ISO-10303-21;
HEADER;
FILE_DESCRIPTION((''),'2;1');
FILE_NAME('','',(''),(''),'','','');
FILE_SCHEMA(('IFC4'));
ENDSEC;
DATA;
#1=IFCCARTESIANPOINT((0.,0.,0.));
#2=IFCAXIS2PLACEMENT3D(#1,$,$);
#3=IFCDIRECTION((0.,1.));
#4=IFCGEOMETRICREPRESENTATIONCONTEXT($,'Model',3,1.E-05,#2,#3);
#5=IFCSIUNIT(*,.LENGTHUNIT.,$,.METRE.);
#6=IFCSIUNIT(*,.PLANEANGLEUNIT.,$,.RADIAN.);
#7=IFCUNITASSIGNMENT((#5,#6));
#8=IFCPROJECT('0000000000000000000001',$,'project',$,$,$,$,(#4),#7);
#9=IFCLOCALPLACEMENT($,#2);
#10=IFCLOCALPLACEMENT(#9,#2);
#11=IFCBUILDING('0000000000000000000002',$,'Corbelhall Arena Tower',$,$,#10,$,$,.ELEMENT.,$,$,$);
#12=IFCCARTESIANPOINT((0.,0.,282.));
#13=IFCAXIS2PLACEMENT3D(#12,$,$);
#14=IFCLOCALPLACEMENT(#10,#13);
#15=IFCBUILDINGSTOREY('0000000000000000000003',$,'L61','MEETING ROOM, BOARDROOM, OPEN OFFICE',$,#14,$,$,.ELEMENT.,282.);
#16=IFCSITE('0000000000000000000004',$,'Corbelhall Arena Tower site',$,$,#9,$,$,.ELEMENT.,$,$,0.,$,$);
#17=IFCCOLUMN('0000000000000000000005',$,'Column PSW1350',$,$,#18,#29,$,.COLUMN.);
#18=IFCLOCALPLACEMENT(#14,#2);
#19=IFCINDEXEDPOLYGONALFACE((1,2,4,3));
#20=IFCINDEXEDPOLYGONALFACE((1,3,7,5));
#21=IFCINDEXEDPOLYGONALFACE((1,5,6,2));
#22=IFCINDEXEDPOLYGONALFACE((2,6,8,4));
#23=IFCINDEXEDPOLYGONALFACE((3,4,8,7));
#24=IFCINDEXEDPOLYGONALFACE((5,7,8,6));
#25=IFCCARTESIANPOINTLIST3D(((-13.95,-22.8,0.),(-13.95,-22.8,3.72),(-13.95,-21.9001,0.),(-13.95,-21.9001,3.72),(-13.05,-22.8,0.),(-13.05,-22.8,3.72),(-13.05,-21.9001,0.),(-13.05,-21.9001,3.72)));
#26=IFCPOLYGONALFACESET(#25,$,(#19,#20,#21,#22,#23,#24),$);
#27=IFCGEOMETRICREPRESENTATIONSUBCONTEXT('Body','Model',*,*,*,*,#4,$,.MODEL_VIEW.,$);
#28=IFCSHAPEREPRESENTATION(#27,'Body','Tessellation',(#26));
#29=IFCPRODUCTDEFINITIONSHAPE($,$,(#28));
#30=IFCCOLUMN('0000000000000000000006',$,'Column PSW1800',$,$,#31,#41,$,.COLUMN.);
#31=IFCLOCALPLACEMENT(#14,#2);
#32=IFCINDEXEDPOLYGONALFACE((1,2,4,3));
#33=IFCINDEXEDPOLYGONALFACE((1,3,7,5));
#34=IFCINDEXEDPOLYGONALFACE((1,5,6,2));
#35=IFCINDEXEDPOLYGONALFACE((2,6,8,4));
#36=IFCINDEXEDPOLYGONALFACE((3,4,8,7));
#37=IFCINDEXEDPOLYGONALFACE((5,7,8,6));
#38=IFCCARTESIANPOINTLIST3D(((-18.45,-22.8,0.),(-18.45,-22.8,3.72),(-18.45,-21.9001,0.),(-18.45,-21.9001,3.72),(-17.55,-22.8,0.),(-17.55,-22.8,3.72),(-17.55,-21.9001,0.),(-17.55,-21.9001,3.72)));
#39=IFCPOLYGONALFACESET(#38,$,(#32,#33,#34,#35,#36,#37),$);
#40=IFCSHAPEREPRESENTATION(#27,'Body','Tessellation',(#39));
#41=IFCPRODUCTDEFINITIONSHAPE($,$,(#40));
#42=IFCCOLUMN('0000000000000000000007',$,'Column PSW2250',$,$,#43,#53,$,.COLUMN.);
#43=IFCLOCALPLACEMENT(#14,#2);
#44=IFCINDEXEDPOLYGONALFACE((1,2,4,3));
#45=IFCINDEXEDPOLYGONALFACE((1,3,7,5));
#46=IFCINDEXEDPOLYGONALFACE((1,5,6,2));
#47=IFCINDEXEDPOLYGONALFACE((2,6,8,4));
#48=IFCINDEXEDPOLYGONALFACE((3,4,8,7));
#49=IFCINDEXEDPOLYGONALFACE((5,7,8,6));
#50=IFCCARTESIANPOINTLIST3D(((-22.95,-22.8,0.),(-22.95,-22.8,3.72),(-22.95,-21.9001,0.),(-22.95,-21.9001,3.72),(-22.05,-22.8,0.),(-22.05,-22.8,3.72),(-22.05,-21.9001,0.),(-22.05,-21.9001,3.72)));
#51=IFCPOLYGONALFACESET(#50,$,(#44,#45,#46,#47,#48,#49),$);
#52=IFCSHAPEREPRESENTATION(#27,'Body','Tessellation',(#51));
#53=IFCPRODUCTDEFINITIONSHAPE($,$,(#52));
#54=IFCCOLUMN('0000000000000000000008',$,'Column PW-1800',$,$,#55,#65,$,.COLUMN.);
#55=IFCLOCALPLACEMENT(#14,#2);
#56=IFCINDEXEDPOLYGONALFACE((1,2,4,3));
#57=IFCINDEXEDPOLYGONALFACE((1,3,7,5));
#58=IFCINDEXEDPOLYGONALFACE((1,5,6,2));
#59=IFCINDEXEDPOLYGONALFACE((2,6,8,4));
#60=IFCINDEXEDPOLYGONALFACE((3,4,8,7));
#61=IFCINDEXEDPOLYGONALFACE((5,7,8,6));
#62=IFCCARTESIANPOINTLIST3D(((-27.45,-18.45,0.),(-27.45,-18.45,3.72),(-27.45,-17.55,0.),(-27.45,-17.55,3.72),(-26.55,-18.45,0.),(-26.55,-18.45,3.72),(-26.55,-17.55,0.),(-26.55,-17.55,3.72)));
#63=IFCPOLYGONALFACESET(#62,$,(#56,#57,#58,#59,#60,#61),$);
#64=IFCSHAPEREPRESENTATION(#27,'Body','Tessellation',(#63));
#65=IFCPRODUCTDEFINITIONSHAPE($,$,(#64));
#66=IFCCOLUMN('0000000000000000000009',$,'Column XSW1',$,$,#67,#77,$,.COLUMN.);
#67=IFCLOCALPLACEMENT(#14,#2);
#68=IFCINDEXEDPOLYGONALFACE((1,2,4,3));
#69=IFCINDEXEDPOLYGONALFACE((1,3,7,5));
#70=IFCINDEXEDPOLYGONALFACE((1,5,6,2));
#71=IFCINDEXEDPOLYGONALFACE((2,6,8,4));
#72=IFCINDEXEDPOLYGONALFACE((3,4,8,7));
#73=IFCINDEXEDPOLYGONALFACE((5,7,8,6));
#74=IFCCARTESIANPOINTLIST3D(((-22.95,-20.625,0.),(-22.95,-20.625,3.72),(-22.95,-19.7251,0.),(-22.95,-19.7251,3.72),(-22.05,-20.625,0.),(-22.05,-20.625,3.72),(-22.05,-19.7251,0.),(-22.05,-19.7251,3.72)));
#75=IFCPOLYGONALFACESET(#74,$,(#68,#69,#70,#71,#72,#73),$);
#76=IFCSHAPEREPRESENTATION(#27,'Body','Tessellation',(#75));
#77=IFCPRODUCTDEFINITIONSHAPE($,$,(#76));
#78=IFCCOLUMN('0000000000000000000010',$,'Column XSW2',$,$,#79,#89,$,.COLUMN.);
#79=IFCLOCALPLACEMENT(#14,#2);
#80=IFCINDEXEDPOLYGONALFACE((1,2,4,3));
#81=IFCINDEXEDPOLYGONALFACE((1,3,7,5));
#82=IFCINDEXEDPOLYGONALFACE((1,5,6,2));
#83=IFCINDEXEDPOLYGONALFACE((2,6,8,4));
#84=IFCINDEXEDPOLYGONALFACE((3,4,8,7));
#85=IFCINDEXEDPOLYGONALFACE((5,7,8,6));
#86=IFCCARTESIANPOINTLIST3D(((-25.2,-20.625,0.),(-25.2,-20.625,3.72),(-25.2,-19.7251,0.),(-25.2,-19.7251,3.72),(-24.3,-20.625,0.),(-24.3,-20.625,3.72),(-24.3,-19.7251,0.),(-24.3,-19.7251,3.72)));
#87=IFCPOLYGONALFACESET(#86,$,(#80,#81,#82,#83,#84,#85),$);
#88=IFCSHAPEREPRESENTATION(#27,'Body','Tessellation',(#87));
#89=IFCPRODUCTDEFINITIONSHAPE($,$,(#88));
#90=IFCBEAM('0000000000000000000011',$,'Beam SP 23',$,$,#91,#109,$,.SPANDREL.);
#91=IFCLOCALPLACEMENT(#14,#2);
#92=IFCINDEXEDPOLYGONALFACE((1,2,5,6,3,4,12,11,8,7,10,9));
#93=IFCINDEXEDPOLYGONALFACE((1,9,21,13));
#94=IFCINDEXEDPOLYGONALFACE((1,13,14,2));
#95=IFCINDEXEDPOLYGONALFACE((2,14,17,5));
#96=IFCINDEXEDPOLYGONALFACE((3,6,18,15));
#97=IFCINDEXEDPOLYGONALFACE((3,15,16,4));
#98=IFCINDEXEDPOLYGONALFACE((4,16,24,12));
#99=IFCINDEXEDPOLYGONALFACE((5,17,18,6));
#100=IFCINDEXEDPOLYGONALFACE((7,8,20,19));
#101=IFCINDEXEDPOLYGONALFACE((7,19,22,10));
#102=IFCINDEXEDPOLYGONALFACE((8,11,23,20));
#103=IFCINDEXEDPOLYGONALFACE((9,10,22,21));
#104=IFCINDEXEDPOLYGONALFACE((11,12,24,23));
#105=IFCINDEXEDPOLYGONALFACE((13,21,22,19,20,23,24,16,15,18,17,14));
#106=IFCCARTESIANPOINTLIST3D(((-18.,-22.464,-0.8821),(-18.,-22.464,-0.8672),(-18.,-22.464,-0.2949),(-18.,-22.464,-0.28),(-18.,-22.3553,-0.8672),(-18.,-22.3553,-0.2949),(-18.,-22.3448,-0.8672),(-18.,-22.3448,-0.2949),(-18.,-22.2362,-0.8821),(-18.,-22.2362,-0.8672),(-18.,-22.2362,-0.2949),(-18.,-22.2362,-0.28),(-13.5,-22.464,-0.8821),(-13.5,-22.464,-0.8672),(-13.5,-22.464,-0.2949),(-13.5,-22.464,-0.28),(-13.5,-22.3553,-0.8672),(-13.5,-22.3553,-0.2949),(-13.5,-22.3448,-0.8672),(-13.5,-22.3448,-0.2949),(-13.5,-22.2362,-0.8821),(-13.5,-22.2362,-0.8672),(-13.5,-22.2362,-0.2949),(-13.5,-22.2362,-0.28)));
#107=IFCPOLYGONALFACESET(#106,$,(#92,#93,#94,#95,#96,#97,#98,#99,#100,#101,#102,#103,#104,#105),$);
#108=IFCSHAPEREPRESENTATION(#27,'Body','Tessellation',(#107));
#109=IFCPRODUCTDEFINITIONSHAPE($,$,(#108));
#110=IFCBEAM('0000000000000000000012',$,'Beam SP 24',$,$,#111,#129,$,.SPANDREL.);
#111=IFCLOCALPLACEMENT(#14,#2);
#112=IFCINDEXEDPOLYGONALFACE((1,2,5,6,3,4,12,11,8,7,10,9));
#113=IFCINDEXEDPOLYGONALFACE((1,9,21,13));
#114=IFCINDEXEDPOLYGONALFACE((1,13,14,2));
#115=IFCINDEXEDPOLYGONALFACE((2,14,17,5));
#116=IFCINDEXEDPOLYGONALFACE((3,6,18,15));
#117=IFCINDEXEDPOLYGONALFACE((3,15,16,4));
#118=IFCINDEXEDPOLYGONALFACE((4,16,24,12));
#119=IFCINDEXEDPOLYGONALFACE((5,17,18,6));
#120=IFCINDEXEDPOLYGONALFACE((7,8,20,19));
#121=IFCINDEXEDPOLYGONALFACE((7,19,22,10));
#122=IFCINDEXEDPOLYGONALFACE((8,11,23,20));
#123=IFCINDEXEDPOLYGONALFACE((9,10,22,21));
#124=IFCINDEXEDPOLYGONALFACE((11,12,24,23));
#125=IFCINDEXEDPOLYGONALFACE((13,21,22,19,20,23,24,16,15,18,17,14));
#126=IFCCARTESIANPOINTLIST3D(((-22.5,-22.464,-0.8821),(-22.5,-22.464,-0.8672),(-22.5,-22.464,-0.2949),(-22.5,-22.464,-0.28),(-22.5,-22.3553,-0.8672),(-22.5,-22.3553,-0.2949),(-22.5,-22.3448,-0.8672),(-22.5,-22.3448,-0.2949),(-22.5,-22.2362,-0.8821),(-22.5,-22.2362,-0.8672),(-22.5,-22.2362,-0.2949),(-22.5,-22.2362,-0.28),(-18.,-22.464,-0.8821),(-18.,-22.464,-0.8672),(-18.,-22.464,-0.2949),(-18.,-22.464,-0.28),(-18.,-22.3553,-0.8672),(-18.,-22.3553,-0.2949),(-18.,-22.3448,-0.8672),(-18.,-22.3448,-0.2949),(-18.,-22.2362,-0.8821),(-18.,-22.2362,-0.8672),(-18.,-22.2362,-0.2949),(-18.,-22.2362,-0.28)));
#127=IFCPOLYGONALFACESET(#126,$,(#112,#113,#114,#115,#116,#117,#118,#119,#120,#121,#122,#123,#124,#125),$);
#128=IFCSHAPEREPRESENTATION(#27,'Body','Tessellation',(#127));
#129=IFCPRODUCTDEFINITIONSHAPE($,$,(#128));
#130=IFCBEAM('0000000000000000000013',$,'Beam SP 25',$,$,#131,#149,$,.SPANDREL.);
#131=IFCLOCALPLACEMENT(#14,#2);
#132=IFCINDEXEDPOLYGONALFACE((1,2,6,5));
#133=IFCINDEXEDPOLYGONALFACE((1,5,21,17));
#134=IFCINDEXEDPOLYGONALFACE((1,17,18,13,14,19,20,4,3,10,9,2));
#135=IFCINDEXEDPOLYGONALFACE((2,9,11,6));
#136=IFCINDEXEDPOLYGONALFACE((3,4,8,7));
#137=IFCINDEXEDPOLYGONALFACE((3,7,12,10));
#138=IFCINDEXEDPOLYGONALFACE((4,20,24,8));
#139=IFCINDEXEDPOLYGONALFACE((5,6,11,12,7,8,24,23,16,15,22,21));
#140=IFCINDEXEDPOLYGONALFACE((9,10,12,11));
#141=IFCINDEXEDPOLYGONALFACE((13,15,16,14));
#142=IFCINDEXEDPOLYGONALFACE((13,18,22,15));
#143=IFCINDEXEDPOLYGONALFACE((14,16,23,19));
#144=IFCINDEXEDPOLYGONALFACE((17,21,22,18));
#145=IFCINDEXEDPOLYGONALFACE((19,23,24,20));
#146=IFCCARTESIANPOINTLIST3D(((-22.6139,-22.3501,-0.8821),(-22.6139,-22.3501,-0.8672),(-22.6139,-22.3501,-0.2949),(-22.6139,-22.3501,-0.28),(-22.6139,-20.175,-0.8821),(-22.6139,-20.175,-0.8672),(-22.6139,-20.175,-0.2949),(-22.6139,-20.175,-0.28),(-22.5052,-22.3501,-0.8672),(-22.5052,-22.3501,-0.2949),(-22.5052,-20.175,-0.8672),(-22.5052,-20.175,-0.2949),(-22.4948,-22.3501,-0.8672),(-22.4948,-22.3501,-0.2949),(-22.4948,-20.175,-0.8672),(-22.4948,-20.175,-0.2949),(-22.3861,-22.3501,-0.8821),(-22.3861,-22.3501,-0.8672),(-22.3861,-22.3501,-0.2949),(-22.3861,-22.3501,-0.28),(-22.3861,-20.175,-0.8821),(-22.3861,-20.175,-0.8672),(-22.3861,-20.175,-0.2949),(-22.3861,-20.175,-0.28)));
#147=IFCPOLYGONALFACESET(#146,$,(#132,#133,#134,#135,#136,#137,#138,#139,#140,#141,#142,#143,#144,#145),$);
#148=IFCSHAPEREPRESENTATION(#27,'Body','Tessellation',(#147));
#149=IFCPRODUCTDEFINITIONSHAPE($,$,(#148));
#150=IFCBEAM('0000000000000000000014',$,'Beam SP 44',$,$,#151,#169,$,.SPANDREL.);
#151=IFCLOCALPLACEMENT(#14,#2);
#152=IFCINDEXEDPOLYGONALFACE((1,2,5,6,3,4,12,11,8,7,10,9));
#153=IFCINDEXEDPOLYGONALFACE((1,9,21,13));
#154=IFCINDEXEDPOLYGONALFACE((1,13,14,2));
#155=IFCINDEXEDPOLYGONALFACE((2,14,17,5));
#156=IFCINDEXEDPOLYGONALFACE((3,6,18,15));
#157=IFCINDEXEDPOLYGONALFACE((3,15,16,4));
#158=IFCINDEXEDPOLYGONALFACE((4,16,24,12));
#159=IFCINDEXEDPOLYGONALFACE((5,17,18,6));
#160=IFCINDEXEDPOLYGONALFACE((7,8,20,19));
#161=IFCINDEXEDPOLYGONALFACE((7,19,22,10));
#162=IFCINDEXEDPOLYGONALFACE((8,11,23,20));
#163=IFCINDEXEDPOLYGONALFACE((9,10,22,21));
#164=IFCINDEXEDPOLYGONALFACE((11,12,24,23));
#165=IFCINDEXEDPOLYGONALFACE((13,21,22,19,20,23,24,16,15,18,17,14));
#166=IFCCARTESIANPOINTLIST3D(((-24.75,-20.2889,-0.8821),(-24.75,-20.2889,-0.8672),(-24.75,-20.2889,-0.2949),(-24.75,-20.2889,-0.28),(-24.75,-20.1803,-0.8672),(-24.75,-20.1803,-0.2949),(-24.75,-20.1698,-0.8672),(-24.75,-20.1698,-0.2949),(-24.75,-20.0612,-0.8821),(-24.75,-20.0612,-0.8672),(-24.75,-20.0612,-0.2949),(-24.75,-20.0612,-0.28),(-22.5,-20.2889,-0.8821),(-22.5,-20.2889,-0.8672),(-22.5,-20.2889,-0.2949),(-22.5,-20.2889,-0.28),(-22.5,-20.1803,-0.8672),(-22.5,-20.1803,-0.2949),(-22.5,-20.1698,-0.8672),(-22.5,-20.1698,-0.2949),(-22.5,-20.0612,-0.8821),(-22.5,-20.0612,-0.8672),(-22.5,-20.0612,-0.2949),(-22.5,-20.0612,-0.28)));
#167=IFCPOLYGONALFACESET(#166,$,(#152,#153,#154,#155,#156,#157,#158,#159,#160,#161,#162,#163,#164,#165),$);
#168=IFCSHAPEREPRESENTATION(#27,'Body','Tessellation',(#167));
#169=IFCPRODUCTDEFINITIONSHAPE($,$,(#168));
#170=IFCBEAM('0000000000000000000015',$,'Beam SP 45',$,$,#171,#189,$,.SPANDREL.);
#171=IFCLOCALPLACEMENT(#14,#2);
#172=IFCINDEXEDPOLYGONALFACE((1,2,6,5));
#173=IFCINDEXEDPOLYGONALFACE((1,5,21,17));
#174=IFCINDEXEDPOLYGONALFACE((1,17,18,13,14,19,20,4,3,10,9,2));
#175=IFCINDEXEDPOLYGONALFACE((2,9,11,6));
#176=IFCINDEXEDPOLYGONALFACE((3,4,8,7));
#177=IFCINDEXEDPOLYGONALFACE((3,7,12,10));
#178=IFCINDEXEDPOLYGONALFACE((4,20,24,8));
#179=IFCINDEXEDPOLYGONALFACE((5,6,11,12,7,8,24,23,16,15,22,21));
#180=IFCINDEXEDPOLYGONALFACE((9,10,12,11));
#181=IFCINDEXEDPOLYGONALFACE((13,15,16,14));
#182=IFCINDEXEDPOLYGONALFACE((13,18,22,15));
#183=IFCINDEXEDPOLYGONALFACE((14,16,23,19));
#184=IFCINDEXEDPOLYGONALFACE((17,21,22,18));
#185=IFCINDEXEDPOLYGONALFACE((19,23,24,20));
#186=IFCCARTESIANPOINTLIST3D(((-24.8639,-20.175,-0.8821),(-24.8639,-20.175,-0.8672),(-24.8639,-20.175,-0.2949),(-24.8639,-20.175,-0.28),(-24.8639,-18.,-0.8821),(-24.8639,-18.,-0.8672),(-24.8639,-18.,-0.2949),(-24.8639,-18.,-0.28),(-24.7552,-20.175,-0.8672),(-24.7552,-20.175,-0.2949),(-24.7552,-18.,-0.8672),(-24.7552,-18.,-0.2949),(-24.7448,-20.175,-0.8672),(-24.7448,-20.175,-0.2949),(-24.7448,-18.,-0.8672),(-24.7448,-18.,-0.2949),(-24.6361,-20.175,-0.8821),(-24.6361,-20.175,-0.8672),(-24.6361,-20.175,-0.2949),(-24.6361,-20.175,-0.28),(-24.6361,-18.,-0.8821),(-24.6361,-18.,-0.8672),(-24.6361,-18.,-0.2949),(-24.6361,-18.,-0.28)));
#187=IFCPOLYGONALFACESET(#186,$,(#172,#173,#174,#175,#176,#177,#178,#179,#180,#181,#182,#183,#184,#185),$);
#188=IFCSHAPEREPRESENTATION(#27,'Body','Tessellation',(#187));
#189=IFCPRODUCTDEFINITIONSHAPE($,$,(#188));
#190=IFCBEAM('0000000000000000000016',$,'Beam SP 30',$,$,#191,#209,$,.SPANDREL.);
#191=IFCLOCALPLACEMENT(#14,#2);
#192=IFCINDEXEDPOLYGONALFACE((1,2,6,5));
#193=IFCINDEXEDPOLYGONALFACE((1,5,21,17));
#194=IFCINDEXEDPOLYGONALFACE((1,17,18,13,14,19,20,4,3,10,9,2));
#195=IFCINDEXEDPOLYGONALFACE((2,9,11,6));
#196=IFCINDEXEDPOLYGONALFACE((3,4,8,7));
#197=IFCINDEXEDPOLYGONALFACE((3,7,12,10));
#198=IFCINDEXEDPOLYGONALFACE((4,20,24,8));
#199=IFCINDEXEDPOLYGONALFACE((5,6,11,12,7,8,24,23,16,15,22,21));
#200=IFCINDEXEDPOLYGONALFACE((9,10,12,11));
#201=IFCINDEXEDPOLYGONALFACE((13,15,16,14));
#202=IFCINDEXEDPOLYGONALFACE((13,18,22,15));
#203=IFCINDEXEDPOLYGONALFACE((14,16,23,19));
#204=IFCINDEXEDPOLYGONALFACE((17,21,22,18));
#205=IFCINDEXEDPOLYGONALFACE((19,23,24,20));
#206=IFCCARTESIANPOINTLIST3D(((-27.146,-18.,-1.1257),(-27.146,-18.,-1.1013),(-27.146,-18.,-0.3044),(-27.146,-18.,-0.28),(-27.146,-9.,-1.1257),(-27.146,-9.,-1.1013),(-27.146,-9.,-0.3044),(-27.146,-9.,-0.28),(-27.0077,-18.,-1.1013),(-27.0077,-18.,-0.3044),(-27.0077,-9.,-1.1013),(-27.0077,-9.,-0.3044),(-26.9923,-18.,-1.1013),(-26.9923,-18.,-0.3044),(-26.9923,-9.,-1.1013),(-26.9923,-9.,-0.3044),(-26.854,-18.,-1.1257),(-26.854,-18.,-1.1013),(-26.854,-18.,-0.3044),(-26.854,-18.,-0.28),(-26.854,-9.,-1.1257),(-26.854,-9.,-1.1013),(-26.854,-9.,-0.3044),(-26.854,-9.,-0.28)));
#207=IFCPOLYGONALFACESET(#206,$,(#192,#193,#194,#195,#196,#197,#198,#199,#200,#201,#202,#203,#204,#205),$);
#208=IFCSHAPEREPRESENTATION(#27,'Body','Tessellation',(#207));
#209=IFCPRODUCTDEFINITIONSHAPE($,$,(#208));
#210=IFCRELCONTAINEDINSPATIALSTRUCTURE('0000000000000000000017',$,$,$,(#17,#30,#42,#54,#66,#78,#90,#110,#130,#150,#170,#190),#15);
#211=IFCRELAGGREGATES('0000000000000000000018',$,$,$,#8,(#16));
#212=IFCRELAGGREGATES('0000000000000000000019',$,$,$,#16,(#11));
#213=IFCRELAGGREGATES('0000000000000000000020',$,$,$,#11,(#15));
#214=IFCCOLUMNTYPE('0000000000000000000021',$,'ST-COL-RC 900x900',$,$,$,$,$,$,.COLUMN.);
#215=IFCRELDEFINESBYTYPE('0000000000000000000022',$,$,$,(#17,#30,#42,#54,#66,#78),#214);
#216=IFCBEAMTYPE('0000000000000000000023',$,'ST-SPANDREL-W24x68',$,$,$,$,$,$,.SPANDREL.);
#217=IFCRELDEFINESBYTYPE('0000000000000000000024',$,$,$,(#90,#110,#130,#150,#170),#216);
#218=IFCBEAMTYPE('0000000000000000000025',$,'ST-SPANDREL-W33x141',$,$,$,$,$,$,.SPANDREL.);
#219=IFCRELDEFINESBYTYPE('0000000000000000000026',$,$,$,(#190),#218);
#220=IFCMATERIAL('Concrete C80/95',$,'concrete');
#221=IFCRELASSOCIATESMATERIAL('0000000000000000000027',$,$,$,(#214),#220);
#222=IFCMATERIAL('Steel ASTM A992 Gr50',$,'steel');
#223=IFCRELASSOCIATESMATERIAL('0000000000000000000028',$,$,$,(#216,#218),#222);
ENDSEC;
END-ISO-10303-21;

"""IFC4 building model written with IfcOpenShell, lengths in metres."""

from ifc_helpers import new_model, si_unit, direction, frame, origin, origin_2d, place, context, subcontext, project, spatial, rectangle, i_section, extrude, material, material_profile, profile_set, type_object, element, save


model = new_model("IFC4")

# Units and contexts
model_context = context("Model", 3, precision=1e-05, world=origin(), true_north=direction((0.0, 1.0)))
body_context = subcontext(model_context, "Body", "Model", "MODEL_VIEW")
ifc_project = project(units=[si_unit("LENGTHUNIT", "METRE"), si_unit("PLANEANGLEUNIT", "RADIAN")], contexts=[model_context])

# Site, building, storey
site_placement = place(None, origin())
site = spatial("IfcSite", under=ifc_project, at=site_placement, Name="Corbelhall Arena Tower site", CompositionType="ELEMENT", RefElevation=0.0)
building_placement = place(site_placement, origin())
building = spatial("IfcBuilding", under=site, at=building_placement, Name="Corbelhall Arena Tower", CompositionType="ELEMENT")
storey_placement = place(building_placement, frame((0.0, 0.0, 282.0)))
storey = spatial("IfcBuildingStorey", under=building, at=storey_placement, Name="L61", Description="MEETING ROOM, BOARDROOM, OPEN OFFICE", CompositionType="ELEMENT", Elevation=282.0)

# Columns
ifc_material_1 = material(Name="Concrete C80/95", Category="concrete")
ifc_material_profile_1 = material_profile(ifc_material_1, rectangle(XDim=0.8999, YDim=0.8999, at=origin_2d()))
ifc_profile_set_1 = profile_set([ifc_material_profile_1], Name="Concrete C80/95")
column_type = type_object("IfcColumnType", Name="ST-COL-RC 900x900", PredefinedType="COLUMN", material=ifc_profile_set_1)
for number, where, z_axis, x_axis, name in (
    (1, (-13.5, -22.3501, 0.0), (0.0, 0.0, 1.0), (1.0, 0.0, 0.0), "Column PSW1350"),
    (2, (-18.0, -22.3501, 0.0), (0.0, 0.0, 1.0), (1.0, 0.0, 0.0), "Column PSW1800"),
    (3, (-22.5, -22.3501, 0.0), (0.0, 0.0, 1.0), (1.0, 0.0, 0.0), "Column PSW2250"),
    (4, (-27.0, -18.0, 0.0), (0.0, 0.0, 1.0), (0.0, 1.0, 0.0), "Column PW-1800"),
    (5, (-22.5, -20.175, 0.0), (0.0, 0.0, 1.0), (1.0, 0.0, 0.0), "Column XSW1"),
    (6, (-24.75, -20.175, 0.0), (0.0, 0.0, 1.0), (1.0, 0.0, 0.0), "Column XSW2"),
):
    element("IfcColumn", number, at=place(storey_placement, frame(where, z_axis=z_axis, x_axis=x_axis)), inside=storey, type_object=column_type, Name=name, PredefinedType="COLUMN", context=body_context, shape_type="SweptSolid", body=[
        extrude(rectangle(XDim=0.8999, YDim=0.8999, at=origin_2d()), origin(), (0.0, 0.0, 1.0), 3.72),
    ])

# Beams
ifc_material_2 = material(Name="Steel ASTM A992 Gr50", Category="steel")
ifc_material_profile_2 = material_profile(ifc_material_2, i_section(OverallWidth=0.2278, OverallDepth=0.6021, WebThickness=0.0105, FlangeThickness=0.0149, at=origin_2d()))
ifc_profile_set_2 = profile_set([ifc_material_profile_2], Name="Steel ASTM A992 Gr50")
beam_type_1 = type_object("IfcBeamType", Name="ST-SPANDREL-W24x68", PredefinedType="SPANDREL", material=ifc_profile_set_2)
for number, where, z_axis, x_axis, name in (
    (7, (-13.5, -22.3501, -0.5811), (-1.0, 0.0, 0.0), (0.0, -1.0, 0.0), "Beam SP 23"),
    (8, (-18.0, -22.3501, -0.5811), (-1.0, 0.0, 0.0), (0.0, -1.0, 0.0), "Beam SP 24"),
):
    element("IfcBeam", number, at=place(storey_placement, frame(where, z_axis=z_axis, x_axis=x_axis)), inside=storey, type_object=beam_type_1, Name=name, PredefinedType="SPANDREL", context=body_context, shape_type="SweptSolid", body=[
        extrude(i_section(OverallWidth=0.2278, OverallDepth=0.6021, WebThickness=0.0105, FlangeThickness=0.0149, at=origin_2d()), origin(), (0.0, 0.0, 1.0), 4.5),
    ])
beam_1_placement = place(storey_placement, frame((-22.5, -22.3501, -0.5811), z_axis=(0.0, 1.0, 0.0), x_axis=(-1.0, 0.0, 0.0)))
element("IfcBeam", 9, at=beam_1_placement, inside=storey, type_object=beam_type_1, Name="Beam SP 25", PredefinedType="SPANDREL", context=body_context, shape_type="SweptSolid", body=[
    extrude(i_section(OverallWidth=0.2278, OverallDepth=0.6021, WebThickness=0.0105, FlangeThickness=0.0149, at=origin_2d()), origin(), (0.0, 0.0, 1.0), 2.175),
])
beam_2_placement = place(storey_placement, frame((-22.5, -20.175, -0.5811), z_axis=(-1.0, 0.0, 0.0), x_axis=(0.0, -1.0, 0.0)))
element("IfcBeam", 10, at=beam_2_placement, inside=storey, type_object=beam_type_1, Name="Beam SP 44", PredefinedType="SPANDREL", context=body_context, shape_type="SweptSolid", body=[
    extrude(i_section(OverallWidth=0.2278, OverallDepth=0.6021, WebThickness=0.0105, FlangeThickness=0.0149, at=origin_2d()), origin(), (0.0, 0.0, 1.0), 2.25),
])
beam_3_placement = place(storey_placement, frame((-24.75, -20.175, -0.5811), z_axis=(0.0, 1.0, 0.0), x_axis=(-1.0, 0.0, 0.0)))
element("IfcBeam", 11, at=beam_3_placement, inside=storey, type_object=beam_type_1, Name="Beam SP 45", PredefinedType="SPANDREL", context=body_context, shape_type="SweptSolid", body=[
    extrude(i_section(OverallWidth=0.2278, OverallDepth=0.6021, WebThickness=0.0105, FlangeThickness=0.0149, at=origin_2d()), origin(), (0.0, 0.0, 1.0), 2.175),
])
ifc_material_profile_3 = material_profile(ifc_material_2, i_section(OverallWidth=0.292, OverallDepth=0.8457, WebThickness=0.0154, FlangeThickness=0.0244, at=origin_2d()))
ifc_profile_set_3 = profile_set([ifc_material_profile_3], Name="Steel ASTM A992 Gr50")
beam_type_2 = type_object("IfcBeamType", Name="ST-SPANDREL-W33x141", PredefinedType="SPANDREL", material=ifc_profile_set_3)
beam_4_placement = place(storey_placement, frame((-27.0, -18.0, -0.7029), z_axis=(0.0, 1.0, 0.0), x_axis=(-1.0, 0.0, 0.0)))
element("IfcBeam", 12, at=beam_4_placement, inside=storey, type_object=beam_type_2, Name="Beam SP 30", PredefinedType="SPANDREL", context=body_context, shape_type="SweptSolid", body=[
    extrude(i_section(OverallWidth=0.292, OverallDepth=0.8457, WebThickness=0.0154, FlangeThickness=0.0244, at=origin_2d()), origin(), (0.0, 0.0, 1.0), 9.0),
])

save(model, "model.ifc")
